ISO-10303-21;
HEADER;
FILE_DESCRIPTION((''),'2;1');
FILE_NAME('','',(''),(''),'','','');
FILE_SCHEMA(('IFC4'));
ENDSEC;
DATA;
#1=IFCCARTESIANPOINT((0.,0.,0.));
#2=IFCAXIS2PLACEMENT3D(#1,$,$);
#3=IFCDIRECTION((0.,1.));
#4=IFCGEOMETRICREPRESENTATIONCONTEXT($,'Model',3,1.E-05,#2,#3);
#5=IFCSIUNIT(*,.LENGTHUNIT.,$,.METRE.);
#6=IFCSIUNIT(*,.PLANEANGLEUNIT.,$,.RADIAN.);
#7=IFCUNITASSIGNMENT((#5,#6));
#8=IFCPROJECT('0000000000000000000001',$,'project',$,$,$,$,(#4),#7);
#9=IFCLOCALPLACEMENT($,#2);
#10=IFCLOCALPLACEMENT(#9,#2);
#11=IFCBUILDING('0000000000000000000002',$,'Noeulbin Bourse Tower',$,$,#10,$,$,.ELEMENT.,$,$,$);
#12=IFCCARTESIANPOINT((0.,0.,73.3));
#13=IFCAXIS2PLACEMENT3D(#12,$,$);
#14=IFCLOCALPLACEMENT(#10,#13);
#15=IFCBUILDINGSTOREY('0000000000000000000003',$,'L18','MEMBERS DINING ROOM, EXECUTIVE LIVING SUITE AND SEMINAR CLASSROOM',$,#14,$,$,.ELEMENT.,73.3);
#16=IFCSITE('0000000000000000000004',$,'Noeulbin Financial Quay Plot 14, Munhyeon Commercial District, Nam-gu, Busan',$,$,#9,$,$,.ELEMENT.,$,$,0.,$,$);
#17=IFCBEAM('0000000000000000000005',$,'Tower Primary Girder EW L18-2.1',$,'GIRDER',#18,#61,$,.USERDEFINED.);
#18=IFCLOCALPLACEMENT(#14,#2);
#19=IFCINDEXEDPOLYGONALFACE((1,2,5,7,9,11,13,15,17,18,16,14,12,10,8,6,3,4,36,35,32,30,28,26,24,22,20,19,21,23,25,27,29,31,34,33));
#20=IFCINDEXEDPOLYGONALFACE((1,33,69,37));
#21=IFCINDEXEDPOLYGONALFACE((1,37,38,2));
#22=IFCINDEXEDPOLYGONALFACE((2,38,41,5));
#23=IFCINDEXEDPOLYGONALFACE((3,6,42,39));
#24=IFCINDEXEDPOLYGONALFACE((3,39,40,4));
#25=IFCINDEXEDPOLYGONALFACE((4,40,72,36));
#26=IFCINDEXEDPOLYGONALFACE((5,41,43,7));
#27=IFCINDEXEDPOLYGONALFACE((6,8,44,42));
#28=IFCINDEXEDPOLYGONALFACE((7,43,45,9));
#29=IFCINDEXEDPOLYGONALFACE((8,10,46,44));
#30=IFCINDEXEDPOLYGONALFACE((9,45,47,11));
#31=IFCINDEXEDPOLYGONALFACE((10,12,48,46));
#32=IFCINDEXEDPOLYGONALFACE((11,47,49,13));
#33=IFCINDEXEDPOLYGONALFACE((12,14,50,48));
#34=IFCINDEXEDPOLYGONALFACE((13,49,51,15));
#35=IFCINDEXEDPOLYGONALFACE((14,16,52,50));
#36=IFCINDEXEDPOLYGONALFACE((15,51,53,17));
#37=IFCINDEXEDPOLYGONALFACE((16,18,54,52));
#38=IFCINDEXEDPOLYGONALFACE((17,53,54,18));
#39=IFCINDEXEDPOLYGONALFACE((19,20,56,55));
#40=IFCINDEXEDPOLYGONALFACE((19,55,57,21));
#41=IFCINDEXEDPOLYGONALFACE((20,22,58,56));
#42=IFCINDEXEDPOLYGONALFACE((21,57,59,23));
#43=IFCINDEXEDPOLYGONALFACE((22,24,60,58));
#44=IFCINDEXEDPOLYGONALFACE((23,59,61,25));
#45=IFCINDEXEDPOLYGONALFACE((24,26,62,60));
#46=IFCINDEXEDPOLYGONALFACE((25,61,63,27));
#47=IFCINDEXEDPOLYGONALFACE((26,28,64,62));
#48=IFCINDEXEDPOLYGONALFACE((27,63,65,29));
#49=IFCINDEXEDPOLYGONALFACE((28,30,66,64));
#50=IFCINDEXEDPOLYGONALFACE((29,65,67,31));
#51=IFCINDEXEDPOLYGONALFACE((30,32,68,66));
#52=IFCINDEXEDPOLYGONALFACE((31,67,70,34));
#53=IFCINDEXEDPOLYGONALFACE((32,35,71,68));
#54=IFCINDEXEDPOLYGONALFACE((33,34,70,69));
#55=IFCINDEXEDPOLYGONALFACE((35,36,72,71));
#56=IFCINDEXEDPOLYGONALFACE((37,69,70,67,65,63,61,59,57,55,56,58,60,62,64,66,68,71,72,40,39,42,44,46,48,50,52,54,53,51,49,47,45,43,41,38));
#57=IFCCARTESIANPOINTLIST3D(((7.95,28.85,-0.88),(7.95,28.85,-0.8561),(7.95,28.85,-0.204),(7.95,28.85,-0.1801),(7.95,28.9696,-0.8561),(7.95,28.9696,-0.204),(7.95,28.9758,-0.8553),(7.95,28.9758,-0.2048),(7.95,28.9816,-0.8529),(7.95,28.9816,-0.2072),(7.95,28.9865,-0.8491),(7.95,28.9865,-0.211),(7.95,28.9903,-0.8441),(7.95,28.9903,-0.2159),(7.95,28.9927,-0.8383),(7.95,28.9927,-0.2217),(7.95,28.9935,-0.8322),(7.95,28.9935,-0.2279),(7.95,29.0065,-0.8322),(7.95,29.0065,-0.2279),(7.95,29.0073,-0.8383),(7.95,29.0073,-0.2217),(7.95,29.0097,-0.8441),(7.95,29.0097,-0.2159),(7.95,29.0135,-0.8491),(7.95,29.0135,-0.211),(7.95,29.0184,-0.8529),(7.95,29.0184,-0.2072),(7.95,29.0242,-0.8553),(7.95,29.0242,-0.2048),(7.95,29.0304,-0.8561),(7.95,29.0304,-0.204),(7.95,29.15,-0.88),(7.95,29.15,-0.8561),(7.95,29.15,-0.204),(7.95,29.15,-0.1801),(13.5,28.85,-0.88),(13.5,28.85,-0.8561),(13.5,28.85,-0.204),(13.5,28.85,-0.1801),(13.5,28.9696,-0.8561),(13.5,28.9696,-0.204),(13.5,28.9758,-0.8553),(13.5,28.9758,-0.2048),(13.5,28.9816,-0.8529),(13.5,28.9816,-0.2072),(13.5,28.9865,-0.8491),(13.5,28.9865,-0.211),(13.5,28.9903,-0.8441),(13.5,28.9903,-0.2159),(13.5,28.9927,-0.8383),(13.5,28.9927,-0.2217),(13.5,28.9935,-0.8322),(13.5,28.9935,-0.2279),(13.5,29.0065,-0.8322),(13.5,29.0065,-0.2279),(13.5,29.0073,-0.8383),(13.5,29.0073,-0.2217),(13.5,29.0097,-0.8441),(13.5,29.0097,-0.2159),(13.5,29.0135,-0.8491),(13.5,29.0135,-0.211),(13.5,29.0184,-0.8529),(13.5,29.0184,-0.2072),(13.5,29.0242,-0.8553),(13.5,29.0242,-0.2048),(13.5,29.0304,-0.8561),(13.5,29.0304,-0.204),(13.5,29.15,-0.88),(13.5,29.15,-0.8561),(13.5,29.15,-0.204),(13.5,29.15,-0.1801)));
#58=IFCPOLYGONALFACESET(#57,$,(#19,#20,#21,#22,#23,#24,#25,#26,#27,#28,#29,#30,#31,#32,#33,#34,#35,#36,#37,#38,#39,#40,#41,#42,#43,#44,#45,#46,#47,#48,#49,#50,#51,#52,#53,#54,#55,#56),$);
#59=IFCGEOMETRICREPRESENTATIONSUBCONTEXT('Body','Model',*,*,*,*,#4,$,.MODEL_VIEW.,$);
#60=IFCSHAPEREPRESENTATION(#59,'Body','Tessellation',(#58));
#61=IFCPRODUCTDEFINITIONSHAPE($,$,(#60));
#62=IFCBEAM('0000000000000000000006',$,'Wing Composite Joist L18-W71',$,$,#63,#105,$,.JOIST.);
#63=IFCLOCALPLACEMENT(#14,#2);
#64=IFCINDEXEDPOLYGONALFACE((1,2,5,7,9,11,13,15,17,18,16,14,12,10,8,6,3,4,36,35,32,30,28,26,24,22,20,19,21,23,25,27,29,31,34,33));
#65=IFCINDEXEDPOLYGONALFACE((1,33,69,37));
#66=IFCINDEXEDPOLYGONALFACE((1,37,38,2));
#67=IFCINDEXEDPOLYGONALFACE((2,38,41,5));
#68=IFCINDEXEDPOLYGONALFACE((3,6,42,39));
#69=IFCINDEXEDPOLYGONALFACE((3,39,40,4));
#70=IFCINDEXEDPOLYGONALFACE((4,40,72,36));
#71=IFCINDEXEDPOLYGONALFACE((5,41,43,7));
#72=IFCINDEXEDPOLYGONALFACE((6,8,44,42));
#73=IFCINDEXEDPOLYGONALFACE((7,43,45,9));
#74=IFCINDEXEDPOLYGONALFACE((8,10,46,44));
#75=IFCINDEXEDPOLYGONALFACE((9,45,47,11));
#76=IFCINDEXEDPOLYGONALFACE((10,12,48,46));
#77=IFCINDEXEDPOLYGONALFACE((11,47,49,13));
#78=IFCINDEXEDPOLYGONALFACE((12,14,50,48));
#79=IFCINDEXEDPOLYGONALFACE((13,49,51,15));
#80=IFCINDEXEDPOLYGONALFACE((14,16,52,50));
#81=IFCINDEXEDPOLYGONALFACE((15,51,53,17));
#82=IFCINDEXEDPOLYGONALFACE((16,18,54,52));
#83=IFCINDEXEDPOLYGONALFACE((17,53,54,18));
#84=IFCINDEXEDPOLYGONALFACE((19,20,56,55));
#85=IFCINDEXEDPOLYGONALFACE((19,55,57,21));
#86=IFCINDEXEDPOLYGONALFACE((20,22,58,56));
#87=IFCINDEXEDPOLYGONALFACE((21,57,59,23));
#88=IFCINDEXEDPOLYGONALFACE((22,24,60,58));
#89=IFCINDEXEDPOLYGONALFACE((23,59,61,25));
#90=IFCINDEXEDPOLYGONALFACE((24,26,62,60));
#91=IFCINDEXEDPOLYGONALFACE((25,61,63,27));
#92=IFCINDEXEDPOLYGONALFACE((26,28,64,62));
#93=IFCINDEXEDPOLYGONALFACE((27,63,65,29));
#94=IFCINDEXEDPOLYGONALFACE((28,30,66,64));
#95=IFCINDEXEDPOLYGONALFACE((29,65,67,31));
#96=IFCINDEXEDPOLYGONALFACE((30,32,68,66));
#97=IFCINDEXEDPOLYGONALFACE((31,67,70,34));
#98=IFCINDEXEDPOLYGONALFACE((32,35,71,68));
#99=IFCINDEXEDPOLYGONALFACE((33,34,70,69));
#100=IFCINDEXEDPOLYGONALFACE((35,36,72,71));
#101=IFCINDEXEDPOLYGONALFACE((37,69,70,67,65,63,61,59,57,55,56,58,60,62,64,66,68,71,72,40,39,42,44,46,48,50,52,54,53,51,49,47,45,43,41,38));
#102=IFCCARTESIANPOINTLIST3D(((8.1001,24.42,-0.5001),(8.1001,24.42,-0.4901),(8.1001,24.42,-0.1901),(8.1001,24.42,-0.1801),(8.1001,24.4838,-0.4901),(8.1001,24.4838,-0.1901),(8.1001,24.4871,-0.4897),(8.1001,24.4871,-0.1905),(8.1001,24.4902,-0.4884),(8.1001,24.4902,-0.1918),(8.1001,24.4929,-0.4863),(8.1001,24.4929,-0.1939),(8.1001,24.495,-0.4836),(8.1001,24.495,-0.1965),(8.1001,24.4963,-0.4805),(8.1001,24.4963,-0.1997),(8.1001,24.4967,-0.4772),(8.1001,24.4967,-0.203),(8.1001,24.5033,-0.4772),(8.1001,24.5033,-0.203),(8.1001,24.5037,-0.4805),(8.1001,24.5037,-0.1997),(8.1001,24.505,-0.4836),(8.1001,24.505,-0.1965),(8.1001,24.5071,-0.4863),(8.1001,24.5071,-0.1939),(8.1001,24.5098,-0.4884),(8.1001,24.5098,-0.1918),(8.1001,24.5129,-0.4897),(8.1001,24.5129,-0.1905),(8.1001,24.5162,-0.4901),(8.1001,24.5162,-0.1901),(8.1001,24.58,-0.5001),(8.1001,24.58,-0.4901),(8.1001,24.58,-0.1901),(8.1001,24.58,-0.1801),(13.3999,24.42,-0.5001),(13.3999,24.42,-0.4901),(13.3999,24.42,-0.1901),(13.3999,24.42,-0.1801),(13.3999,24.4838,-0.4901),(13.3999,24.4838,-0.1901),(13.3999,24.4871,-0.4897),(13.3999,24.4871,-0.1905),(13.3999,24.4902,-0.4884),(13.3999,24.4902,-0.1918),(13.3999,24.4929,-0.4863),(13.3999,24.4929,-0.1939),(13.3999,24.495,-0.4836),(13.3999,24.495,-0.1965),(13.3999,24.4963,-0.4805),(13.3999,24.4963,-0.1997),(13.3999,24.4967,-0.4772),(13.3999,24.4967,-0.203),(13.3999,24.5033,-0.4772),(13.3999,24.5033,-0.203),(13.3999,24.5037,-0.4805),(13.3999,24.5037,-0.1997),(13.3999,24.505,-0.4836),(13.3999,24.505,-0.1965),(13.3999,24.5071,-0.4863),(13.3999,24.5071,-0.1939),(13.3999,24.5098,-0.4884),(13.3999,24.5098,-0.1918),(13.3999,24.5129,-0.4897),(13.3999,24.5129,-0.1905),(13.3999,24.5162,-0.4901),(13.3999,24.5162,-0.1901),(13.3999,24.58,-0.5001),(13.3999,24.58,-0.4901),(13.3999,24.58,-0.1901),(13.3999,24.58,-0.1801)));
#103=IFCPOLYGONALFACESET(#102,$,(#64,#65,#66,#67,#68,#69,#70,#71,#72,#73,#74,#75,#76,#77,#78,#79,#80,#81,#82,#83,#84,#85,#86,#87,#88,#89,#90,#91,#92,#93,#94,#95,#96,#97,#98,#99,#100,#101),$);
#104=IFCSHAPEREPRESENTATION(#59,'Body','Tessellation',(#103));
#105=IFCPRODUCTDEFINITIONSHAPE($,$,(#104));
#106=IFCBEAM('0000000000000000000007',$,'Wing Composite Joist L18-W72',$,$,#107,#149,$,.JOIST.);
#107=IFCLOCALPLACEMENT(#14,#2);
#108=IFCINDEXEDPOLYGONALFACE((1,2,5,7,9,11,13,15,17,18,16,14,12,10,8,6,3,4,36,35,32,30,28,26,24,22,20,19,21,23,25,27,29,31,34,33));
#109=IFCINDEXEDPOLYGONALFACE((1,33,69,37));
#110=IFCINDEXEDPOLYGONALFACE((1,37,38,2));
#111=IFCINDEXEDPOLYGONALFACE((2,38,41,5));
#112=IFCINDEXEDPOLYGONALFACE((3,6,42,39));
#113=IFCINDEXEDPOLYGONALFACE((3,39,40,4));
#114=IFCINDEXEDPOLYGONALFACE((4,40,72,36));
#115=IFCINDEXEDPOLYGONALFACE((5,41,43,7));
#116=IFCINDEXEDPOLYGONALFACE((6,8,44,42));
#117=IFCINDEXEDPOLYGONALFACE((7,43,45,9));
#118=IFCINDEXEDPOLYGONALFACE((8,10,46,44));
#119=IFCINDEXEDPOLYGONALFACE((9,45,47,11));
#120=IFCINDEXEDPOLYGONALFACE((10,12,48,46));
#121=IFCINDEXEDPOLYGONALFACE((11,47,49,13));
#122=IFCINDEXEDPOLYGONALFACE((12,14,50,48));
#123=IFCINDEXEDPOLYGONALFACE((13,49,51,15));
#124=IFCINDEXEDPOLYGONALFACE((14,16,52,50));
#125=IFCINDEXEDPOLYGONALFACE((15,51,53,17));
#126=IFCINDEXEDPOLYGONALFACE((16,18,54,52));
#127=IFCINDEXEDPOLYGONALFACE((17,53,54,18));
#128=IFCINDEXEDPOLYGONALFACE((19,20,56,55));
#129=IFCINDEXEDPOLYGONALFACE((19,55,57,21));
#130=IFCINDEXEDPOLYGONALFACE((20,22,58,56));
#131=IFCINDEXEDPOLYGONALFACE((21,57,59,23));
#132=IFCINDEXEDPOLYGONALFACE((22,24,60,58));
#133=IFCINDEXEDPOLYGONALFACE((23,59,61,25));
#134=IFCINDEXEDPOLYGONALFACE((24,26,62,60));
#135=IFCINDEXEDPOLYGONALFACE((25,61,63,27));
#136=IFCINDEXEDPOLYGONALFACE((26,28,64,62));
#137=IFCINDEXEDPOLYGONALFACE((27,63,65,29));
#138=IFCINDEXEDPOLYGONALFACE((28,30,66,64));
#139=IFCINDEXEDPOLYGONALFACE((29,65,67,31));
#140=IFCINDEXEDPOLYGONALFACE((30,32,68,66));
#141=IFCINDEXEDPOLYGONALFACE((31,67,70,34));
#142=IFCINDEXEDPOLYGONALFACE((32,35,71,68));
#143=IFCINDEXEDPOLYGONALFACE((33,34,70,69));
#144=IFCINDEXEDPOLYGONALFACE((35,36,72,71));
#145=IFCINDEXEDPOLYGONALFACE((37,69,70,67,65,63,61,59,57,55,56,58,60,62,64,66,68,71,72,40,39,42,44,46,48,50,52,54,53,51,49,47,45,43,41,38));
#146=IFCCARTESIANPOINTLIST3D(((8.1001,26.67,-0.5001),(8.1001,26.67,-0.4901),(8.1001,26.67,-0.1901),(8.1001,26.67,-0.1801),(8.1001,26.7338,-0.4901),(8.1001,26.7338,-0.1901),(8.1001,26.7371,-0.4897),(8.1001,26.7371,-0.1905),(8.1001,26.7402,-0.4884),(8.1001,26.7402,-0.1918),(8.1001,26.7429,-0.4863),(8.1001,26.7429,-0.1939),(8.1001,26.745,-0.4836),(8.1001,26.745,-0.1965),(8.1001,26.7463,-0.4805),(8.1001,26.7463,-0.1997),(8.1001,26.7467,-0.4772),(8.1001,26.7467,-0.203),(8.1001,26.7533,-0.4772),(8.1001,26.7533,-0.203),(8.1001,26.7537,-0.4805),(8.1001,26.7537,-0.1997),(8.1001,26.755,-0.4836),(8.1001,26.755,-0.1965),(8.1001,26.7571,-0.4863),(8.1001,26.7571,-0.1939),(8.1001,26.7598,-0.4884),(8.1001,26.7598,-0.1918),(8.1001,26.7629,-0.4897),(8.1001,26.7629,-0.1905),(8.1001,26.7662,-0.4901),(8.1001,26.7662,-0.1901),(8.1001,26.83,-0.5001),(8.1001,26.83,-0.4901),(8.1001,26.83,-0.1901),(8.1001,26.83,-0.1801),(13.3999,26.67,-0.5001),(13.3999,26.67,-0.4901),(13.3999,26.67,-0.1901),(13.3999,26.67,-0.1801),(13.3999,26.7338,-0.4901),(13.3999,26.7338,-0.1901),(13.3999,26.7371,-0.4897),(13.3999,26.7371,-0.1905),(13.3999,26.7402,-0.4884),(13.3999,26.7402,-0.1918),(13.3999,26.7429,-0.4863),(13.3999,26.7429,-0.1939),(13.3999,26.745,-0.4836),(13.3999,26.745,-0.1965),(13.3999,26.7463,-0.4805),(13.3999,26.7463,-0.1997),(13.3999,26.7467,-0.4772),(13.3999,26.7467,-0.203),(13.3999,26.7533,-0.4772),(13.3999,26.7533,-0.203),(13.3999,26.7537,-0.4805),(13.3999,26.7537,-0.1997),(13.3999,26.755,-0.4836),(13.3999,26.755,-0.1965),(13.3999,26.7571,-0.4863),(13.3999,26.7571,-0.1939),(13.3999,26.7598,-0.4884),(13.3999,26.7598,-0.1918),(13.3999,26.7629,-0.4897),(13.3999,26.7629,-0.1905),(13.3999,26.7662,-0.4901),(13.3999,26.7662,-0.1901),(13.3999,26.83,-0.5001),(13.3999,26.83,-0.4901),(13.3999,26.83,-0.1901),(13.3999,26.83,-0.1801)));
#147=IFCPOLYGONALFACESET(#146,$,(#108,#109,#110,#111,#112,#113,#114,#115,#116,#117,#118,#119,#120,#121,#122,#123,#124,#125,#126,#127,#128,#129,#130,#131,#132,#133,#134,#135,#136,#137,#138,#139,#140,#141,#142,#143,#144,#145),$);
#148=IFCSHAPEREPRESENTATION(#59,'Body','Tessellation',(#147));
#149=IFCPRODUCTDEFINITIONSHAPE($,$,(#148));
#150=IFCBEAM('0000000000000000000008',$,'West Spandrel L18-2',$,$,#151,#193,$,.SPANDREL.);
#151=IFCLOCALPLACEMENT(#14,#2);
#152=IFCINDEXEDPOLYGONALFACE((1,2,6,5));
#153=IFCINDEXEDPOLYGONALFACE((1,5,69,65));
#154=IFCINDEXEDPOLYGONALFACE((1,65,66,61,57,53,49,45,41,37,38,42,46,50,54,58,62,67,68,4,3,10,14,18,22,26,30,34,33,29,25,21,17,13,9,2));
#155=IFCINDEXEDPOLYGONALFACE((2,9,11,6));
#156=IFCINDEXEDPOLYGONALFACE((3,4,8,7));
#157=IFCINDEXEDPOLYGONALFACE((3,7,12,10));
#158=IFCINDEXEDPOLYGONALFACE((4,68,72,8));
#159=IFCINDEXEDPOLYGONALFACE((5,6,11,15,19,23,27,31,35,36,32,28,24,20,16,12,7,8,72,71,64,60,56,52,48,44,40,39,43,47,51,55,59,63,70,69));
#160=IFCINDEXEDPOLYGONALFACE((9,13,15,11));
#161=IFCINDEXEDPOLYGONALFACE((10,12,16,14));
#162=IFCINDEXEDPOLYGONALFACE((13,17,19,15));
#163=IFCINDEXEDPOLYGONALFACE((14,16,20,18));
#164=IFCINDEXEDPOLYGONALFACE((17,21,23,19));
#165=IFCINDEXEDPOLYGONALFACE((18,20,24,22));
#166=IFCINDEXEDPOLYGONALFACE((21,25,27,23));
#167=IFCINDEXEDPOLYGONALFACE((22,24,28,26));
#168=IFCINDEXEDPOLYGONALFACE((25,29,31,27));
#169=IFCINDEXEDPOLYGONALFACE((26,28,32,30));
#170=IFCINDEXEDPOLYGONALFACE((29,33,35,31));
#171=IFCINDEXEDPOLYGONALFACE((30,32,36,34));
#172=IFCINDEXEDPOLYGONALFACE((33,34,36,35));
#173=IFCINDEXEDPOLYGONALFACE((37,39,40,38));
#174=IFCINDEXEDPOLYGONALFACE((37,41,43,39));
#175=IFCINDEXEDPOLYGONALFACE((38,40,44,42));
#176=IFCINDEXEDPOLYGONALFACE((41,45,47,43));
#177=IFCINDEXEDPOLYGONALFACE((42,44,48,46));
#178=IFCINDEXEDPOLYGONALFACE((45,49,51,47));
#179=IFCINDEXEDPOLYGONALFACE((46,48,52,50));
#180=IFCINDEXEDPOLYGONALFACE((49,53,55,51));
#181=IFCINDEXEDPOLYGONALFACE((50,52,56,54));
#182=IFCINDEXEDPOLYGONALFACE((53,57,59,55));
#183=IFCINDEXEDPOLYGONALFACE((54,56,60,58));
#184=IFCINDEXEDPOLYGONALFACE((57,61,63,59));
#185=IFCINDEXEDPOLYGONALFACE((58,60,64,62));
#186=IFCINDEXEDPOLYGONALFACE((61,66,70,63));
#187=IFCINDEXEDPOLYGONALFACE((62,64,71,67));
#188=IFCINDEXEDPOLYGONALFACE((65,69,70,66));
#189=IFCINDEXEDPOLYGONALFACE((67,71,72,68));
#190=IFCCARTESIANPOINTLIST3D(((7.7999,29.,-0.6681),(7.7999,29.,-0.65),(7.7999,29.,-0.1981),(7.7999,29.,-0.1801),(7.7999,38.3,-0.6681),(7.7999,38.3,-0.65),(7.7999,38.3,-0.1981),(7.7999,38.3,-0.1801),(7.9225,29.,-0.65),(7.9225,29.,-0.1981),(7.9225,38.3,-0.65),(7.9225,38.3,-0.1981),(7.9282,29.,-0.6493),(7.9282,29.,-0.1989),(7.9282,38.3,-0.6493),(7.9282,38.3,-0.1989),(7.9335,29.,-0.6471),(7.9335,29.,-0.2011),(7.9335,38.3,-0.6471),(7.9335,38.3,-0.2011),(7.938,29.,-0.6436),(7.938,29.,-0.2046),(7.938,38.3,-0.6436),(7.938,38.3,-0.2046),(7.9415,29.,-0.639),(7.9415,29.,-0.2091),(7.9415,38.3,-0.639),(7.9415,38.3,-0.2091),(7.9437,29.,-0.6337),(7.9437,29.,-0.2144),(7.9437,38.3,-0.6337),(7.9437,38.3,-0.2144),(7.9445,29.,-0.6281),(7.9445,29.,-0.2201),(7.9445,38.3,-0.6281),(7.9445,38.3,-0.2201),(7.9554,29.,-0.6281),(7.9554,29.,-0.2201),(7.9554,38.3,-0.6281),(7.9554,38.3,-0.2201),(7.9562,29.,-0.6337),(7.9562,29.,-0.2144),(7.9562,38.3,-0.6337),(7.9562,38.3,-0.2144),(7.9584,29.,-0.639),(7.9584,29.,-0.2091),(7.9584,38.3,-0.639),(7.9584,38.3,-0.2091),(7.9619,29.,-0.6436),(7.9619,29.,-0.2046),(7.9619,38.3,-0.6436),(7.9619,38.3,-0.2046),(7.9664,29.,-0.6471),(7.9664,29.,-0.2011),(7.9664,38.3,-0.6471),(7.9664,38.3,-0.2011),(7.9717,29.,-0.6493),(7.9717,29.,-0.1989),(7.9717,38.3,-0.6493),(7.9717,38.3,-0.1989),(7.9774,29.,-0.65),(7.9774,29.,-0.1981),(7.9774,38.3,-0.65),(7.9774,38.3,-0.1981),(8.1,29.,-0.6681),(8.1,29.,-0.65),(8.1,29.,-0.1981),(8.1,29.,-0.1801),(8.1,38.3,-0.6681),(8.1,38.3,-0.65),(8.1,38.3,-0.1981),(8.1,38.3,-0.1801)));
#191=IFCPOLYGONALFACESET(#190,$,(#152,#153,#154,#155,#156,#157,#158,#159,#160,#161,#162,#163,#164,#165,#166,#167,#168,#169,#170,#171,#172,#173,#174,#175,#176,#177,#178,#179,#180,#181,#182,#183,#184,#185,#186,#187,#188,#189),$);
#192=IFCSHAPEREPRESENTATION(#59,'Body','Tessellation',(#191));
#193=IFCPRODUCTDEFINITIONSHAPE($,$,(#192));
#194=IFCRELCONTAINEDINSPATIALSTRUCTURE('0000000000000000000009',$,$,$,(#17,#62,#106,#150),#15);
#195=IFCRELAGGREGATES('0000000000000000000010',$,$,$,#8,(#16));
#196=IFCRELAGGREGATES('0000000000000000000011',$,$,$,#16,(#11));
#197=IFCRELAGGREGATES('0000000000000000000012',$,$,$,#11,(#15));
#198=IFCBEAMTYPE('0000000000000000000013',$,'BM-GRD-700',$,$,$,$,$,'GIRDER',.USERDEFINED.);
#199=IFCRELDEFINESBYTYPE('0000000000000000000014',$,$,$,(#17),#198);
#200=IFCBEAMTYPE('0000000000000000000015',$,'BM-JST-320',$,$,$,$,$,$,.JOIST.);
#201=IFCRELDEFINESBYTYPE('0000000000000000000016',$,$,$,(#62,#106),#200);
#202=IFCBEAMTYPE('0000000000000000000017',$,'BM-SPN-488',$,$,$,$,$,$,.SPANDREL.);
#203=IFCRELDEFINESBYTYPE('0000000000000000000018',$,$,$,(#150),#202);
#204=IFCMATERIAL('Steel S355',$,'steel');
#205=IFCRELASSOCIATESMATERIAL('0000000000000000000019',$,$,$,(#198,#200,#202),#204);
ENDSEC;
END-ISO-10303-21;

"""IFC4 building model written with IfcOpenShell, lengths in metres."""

from ifc_helpers import new_model, si_unit, direction, frame, origin, origin_2d, place, context, subcontext, project, spatial, i_section, extrude, material, material_profile, profile_set, type_object, element, save


model = new_model("IFC4")

# Units and contexts
model_context = context("Model", 3, precision=1e-05, world=origin(), true_north=direction((0.0, 1.0)))
body_context = subcontext(model_context, "Body", "Model", "MODEL_VIEW")
ifc_project = project(units=[si_unit("LENGTHUNIT", "METRE"), si_unit("PLANEANGLEUNIT", "RADIAN")], contexts=[model_context])

# Site, building, storey
site_placement = place(None, origin())
site = spatial("IfcSite", under=ifc_project, at=site_placement, Name="Noeulbin Financial Quay Plot 14, Munhyeon Commercial District, Nam-gu, Busan", CompositionType="ELEMENT", RefElevation=0.0)
building_placement = place(site_placement, origin())
building = spatial("IfcBuilding", under=site, at=building_placement, Name="Noeulbin Bourse Tower", CompositionType="ELEMENT")
storey_placement = place(building_placement, frame((0.0, 0.0, 73.3)))
storey = spatial("IfcBuildingStorey", under=building, at=storey_placement, Name="L18", Description="MEMBERS DINING ROOM, EXECUTIVE LIVING SUITE AND SEMINAR CLASSROOM", CompositionType="ELEMENT", Elevation=73.3)

# Beams
ifc_material_1 = material(Name="Steel S355", Category="steel")
ifc_material_profile_1 = material_profile(ifc_material_1, i_section(OverallWidth=0.3, OverallDepth=0.7, WebThickness=0.0129, FlangeThickness=0.0239, FilletRadius=0.0239, at=origin_2d()), Name="H-700x300x13x24", Category="LoadBearing")
ifc_profile_set_1 = profile_set([ifc_material_profile_1], Name="Steel S355")
beam_type_1 = type_object("IfcBeamType", Name="BM-GRD-700", ElementType="GIRDER", PredefinedType="USERDEFINED", material=ifc_profile_set_1)
beam_1_placement = place(storey_placement, frame((7.95, 29.0, -0.53), z_axis=(1.0, 0.0, 0.0), x_axis=(0.0, 1.0, 0.0)))
element("IfcBeam", 1, at=beam_1_placement, inside=storey, type_object=beam_type_1, Name="Tower Primary Girder EW L18-2.1", ObjectType="GIRDER", PredefinedType="USERDEFINED", context=body_context, shape_type="SweptSolid", body=[
    extrude(i_section(OverallWidth=0.3, OverallDepth=0.7, WebThickness=0.0129, FlangeThickness=0.0239, FilletRadius=0.0239, at=origin_2d()), origin(), (0.0, 0.0, 1.0), 5.55),
])
ifc_material_profile_2 = material_profile(ifc_material_1, i_section(OverallWidth=0.1599, OverallDepth=0.3201, WebThickness=0.0066, FlangeThickness=0.01, FilletRadius=0.0129, at=origin_2d()), Name="H-320x160x6.5x10", Category="LoadBearing")
ifc_profile_set_2 = profile_set([ifc_material_profile_2], Name="Steel S355")
beam_type_2 = type_object("IfcBeamType", Name="BM-JST-320", PredefinedType="JOIST", material=ifc_profile_set_2)
for number, where, z_axis, x_axis, name in (
    (2, (8.1001, 24.5, -0.3401), (1.0, 0.0, 0.0), (0.0, 1.0, 0.0), "Wing Composite Joist L18-W71"),
    (3, (8.1001, 26.75, -0.3401), (1.0, 0.0, 0.0), (0.0, 1.0, 0.0), "Wing Composite Joist L18-W72"),
):
    element("IfcBeam", number, at=place(storey_placement, frame(where, z_axis=z_axis, x_axis=x_axis)), inside=storey, type_object=beam_type_2, Name=name, PredefinedType="JOIST", context=body_context, shape_type="SweptSolid", body=[
        extrude(i_section(OverallWidth=0.1599, OverallDepth=0.3201, WebThickness=0.0066, FlangeThickness=0.01, FilletRadius=0.0129, at=origin_2d()), origin(), (0.0, 0.0, 1.0), 5.2998),
    ])
ifc_material_profile_3 = material_profile(ifc_material_1, i_section(OverallWidth=0.3, OverallDepth=0.488, WebThickness=0.011, FlangeThickness=0.0181, FilletRadius=0.022, at=origin_2d()), Name="H-488x300x11x18", Category="LoadBearing")
ifc_profile_set_3 = profile_set([ifc_material_profile_3], Name="Steel S355")
beam_type_3 = type_object("IfcBeamType", Name="BM-SPN-488", PredefinedType="SPANDREL", material=ifc_profile_set_3)
beam_2_placement = place(storey_placement, frame((7.95, 29.0, -0.4241), z_axis=(0.0, 1.0, 0.0), x_axis=(-1.0, 0.0, 0.0)))
element("IfcBeam", 4, at=beam_2_placement, inside=storey, type_object=beam_type_3, Name="West Spandrel L18-2", PredefinedType="SPANDREL", context=body_context, shape_type="SweptSolid", body=[
    extrude(i_section(OverallWidth=0.3, OverallDepth=0.488, WebThickness=0.011, FlangeThickness=0.0181, FilletRadius=0.022, at=origin_2d()), origin(), (0.0, 0.0, 1.0), 9.3),
])

save(model, "model.ifc")
